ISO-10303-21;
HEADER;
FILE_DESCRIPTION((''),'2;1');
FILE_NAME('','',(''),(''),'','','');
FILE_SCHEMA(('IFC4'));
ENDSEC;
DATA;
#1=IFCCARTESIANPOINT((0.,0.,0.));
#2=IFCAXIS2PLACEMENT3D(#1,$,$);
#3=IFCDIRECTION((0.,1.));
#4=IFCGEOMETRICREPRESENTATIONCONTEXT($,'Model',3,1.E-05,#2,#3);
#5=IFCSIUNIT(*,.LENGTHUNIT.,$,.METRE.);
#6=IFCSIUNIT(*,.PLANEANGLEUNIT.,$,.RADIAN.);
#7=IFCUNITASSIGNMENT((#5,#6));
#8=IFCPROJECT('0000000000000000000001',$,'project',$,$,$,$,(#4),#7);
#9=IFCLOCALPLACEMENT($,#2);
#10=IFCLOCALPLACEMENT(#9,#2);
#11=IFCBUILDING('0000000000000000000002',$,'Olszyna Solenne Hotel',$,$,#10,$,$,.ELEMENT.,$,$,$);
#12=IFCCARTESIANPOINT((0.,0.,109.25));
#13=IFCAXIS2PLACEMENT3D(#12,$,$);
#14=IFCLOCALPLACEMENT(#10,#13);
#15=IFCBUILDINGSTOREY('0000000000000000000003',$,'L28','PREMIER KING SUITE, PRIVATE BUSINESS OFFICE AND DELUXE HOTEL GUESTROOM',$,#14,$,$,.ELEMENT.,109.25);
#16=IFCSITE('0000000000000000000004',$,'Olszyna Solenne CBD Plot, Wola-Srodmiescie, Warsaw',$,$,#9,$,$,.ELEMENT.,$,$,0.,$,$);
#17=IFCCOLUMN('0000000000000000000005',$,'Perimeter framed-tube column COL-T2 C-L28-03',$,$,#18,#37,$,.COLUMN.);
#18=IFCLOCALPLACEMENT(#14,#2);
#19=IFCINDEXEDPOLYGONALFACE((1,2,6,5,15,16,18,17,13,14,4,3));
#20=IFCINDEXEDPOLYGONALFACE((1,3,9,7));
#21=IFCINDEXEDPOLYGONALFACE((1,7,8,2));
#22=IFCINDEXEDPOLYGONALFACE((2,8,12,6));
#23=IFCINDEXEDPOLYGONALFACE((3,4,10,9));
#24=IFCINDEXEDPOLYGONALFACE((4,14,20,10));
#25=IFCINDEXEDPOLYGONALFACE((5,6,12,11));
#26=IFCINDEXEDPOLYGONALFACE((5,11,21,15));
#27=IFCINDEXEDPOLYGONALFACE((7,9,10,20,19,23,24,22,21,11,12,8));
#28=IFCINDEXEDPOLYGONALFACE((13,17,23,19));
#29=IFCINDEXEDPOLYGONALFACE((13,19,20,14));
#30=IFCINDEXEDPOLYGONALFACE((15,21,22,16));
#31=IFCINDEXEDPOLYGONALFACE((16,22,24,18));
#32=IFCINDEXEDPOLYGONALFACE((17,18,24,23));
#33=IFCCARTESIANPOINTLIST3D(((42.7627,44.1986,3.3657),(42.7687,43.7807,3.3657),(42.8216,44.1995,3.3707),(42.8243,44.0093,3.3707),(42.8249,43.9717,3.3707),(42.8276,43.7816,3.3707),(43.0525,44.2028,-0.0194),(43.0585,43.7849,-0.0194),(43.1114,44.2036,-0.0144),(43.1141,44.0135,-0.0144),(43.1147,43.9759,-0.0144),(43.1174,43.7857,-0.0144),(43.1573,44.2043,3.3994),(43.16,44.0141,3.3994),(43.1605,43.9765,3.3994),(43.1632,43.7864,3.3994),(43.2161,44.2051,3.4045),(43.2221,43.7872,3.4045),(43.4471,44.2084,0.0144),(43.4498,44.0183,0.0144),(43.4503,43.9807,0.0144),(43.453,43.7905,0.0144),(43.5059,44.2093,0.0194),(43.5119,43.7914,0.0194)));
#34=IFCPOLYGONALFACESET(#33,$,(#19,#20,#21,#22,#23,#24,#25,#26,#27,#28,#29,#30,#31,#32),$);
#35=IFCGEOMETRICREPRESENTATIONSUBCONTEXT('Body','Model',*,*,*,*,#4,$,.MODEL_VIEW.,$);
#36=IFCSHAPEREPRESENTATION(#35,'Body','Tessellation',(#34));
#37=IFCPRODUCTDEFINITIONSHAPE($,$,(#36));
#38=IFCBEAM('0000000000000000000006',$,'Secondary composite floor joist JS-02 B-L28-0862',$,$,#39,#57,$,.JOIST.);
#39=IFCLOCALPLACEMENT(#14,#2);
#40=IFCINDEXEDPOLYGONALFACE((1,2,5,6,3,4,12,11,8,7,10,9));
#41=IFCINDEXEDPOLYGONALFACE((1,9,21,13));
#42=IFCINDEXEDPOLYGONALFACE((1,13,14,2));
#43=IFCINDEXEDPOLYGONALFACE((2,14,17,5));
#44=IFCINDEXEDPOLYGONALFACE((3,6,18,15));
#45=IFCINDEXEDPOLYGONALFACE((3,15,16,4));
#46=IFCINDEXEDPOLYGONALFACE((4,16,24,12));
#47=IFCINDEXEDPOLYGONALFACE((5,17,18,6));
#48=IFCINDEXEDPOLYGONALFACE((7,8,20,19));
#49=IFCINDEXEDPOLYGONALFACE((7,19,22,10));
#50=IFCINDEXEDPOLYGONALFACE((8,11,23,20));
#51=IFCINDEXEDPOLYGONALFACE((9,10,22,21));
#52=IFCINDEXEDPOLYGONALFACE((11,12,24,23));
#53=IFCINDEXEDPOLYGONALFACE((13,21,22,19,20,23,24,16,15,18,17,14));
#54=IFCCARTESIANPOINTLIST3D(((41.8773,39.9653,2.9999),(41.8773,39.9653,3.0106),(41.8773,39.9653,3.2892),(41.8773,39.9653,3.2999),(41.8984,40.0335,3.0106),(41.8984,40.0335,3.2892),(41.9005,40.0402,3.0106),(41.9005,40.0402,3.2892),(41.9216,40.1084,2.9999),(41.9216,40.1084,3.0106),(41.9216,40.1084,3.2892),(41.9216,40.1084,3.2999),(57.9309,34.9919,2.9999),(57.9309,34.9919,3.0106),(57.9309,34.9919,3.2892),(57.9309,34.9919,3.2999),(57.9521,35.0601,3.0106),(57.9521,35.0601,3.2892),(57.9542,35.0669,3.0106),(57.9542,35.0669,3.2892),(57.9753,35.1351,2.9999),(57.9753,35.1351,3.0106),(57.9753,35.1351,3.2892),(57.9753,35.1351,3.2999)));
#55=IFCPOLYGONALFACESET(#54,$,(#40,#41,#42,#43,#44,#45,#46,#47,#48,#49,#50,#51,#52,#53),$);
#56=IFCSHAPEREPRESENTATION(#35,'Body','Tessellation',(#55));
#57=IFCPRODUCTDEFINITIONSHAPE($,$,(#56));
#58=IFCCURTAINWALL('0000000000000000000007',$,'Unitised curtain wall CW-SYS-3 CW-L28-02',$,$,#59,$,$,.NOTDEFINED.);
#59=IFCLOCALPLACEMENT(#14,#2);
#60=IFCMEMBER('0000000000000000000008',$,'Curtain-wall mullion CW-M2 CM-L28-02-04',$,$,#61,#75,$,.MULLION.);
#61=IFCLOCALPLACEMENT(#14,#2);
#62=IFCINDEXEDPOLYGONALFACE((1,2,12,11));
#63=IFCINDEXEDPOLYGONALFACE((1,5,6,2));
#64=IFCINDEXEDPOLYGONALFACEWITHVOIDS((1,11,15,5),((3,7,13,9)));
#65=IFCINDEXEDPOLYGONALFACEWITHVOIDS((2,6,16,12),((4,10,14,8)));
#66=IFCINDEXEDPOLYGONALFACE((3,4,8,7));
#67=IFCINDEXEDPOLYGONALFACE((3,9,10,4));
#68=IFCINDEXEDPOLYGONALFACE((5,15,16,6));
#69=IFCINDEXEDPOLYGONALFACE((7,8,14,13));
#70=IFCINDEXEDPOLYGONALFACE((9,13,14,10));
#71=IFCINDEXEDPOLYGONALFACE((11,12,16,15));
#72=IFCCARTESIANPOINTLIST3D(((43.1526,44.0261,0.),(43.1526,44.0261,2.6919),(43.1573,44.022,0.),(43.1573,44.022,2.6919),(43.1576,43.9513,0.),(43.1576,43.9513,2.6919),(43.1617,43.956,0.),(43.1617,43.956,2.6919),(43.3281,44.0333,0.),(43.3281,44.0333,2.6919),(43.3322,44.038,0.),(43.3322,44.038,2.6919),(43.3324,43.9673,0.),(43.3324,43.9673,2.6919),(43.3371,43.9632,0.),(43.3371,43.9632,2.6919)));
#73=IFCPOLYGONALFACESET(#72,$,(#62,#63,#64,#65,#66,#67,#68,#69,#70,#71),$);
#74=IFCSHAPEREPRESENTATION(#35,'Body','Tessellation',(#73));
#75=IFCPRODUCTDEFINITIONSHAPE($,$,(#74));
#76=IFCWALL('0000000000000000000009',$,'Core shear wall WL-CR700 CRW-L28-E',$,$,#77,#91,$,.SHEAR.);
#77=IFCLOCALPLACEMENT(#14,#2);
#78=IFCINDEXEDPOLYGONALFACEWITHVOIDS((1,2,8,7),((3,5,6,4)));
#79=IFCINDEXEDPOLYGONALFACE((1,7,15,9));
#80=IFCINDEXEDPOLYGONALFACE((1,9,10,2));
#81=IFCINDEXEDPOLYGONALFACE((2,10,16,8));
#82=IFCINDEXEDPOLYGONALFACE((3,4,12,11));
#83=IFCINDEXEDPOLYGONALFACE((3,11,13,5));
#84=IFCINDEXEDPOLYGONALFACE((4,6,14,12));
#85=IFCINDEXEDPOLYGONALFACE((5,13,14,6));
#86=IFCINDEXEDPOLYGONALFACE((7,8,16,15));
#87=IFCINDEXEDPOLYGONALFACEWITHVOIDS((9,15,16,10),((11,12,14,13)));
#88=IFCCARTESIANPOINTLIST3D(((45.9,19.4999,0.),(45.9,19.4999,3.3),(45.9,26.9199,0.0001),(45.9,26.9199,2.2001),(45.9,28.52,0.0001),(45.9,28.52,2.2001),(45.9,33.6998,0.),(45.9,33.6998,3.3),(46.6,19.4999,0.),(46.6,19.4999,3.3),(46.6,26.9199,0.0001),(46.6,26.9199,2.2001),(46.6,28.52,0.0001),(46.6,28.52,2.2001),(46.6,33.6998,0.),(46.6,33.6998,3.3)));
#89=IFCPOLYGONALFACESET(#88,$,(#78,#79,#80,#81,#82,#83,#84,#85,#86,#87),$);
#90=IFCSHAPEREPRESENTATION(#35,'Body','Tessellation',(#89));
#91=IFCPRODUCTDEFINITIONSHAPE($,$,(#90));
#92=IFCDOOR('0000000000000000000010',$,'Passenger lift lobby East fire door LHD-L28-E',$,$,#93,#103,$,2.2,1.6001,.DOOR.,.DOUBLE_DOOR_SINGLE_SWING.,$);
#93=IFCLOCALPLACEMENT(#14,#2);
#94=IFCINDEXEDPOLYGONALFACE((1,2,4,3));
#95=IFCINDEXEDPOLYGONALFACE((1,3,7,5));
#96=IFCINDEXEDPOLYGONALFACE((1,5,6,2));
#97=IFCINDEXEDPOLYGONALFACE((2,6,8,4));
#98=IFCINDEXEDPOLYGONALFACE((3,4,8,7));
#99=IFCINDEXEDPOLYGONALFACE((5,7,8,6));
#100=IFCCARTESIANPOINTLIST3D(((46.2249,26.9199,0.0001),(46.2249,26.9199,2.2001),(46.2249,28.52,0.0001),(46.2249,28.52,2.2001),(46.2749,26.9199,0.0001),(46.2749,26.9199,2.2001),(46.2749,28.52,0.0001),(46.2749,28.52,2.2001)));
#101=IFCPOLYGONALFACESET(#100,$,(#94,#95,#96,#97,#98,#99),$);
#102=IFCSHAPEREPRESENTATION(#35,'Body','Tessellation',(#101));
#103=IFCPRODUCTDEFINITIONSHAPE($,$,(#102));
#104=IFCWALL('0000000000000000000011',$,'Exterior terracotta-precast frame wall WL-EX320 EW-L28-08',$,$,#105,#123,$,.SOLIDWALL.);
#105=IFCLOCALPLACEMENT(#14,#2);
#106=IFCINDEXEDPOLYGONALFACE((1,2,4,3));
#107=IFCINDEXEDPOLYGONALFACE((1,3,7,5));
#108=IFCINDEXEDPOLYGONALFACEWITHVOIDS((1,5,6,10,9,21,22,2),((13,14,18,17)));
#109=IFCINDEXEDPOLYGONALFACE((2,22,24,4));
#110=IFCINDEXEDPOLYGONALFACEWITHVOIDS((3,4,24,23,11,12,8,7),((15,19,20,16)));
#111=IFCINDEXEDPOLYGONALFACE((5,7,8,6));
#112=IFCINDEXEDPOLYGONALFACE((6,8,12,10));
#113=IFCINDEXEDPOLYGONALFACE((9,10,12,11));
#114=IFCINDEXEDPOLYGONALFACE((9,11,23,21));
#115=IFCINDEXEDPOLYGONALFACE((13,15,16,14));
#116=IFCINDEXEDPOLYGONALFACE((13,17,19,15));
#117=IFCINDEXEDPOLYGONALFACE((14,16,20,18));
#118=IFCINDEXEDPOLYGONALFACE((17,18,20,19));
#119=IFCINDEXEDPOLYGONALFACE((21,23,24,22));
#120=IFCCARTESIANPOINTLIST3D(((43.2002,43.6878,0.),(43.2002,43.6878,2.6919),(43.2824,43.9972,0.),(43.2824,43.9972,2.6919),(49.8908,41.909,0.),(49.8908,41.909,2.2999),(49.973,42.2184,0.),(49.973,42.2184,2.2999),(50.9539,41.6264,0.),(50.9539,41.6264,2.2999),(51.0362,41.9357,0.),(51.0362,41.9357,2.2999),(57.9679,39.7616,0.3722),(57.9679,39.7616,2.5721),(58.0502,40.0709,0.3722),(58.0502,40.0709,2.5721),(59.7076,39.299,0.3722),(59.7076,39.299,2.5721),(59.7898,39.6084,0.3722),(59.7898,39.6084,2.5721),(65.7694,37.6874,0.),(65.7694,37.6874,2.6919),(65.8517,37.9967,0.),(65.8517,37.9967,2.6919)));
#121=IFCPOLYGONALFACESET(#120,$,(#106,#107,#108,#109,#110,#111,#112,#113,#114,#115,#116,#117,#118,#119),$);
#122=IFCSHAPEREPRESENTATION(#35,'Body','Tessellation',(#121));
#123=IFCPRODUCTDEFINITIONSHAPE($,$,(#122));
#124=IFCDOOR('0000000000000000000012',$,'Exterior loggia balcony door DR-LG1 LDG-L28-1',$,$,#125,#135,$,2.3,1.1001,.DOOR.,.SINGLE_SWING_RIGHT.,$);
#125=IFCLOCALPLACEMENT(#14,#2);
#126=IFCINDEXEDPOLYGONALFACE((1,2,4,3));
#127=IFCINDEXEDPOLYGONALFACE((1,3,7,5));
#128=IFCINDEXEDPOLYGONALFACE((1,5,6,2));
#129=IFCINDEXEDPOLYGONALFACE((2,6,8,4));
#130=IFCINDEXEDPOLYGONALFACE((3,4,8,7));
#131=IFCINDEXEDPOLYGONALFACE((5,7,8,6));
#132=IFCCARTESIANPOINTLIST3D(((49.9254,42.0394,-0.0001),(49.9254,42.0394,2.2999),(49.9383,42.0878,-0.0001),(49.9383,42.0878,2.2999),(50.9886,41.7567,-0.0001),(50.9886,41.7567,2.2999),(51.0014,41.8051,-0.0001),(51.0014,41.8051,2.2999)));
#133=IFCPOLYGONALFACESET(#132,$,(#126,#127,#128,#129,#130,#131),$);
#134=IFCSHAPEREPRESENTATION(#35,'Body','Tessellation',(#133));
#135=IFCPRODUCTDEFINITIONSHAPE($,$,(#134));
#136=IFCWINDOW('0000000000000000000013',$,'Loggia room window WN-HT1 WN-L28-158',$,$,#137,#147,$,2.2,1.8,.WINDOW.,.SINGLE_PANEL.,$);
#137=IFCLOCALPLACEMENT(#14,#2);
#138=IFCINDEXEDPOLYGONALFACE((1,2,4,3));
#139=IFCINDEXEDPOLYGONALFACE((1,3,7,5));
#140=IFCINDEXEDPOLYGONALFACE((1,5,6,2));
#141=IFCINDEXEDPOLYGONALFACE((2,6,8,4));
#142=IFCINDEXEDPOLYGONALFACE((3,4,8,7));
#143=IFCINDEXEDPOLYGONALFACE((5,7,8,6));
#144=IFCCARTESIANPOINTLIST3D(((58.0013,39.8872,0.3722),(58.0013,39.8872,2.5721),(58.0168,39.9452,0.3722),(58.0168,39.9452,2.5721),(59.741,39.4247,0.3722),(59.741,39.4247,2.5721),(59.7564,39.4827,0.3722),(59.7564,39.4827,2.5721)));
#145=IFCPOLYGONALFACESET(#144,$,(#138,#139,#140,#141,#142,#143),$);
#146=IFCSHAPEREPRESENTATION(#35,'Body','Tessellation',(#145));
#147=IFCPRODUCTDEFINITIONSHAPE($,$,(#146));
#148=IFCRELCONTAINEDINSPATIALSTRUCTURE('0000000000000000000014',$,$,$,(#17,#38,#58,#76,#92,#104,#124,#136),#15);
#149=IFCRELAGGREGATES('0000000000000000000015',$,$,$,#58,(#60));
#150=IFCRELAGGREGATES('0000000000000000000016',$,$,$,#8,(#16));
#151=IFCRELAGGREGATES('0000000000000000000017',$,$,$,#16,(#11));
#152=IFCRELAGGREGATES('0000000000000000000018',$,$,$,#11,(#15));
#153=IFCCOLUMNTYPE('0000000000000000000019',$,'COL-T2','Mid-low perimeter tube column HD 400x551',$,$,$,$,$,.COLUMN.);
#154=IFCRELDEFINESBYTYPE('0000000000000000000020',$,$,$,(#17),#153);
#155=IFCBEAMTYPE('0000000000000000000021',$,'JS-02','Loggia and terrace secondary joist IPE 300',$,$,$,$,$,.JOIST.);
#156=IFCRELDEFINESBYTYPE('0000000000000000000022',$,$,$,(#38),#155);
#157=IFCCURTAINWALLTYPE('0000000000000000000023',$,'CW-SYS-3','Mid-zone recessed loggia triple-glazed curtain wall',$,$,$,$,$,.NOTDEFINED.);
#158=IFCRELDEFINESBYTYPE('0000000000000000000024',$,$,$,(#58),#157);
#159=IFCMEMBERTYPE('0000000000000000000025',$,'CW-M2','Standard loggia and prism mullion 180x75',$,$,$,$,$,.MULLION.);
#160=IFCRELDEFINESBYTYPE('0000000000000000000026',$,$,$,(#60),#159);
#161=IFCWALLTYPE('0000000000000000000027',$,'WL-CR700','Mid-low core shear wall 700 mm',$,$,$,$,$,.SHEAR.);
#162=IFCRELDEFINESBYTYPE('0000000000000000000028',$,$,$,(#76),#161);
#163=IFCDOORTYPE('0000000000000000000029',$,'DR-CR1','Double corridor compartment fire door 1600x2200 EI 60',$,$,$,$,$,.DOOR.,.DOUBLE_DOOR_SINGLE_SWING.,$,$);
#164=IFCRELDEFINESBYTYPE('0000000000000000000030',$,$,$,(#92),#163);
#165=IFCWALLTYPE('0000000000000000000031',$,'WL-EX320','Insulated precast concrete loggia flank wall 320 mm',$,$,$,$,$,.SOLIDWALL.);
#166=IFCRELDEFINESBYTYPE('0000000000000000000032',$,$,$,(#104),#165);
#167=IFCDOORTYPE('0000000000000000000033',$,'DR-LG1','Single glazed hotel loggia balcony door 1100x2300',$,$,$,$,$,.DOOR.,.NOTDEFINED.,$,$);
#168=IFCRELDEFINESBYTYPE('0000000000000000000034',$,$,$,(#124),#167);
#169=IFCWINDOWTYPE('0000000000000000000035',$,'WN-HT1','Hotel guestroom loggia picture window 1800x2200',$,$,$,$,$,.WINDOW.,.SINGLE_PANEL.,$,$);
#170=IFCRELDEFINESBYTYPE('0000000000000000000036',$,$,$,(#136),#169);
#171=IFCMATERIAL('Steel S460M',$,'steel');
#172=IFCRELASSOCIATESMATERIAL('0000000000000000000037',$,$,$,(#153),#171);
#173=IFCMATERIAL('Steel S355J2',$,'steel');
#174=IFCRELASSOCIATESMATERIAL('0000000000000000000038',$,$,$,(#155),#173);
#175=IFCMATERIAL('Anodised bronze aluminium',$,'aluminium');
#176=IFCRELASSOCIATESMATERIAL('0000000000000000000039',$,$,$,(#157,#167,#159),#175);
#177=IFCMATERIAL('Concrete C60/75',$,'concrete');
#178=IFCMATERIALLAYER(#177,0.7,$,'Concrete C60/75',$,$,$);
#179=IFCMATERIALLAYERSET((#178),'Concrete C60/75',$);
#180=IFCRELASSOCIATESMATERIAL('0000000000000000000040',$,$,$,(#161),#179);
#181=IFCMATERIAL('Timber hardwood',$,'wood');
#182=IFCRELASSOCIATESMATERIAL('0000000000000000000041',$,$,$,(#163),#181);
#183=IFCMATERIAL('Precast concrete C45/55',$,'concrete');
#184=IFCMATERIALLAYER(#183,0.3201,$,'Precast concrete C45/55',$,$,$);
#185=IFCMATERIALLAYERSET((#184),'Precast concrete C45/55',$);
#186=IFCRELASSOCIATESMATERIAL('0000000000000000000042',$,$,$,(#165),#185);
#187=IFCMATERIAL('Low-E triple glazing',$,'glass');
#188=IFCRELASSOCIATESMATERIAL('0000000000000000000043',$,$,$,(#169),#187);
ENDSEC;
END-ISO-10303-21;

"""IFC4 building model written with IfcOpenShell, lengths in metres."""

from ifc_helpers import new_model, si_unit, direction, frame, frame_2d, origin, origin_2d, place, context, subcontext, project, spatial, rectangle, hollow_rectangle, i_section, extrude, source, transform, mapped, material, layer, layer_set, material_profile, profile_set, type_object, type_shapes, element, fill, aggregate, save


model = new_model("IFC4")

# Units and contexts
model_context = context("Model", 3, precision=1e-05, world=origin(), true_north=direction((0.0, 1.0)))
body_context = subcontext(model_context, "Body", "Model", "MODEL_VIEW")
ifc_project = project(units=[si_unit("LENGTHUNIT", "METRE"), si_unit("PLANEANGLEUNIT", "RADIAN")], contexts=[model_context])

# Site, building, storey
site_placement = place(None, origin())
site = spatial("IfcSite", under=ifc_project, at=site_placement, Name="Olszyna Solenne CBD Plot, Wola-Srodmiescie, Warsaw", CompositionType="ELEMENT", RefElevation=0.0)
building_placement = place(site_placement, origin())
building = spatial("IfcBuilding", under=site, at=building_placement, Name="Olszyna Solenne Hotel", CompositionType="ELEMENT")
storey_placement = place(building_placement, frame((0.0, 0.0, 109.25)))
storey = spatial("IfcBuildingStorey", under=building, at=storey_placement, Name="L28", Description="PREMIER KING SUITE, PRIVATE BUSINESS OFFICE AND DELUXE HOTEL GUESTROOM", CompositionType="ELEMENT", Elevation=109.25)

# Column
ifc_material_1 = material(Name="Steel S460M", Category="steel")
ifc_material_profile_1 = material_profile(ifc_material_1, i_section(OverallWidth=0.418, OverallDepth=0.4551, WebThickness=0.0376, FlangeThickness=0.0591, at=origin_2d()), Name="HD 400x551", Category="load-bearing")
ifc_profile_set_1 = profile_set([ifc_material_profile_1], Name="Steel S460M")
column_type = type_object("IfcColumnType", Name="COL-T2", Description="Mid-low perimeter tube column HD 400x551", PredefinedType="COLUMN", material=ifc_profile_set_1)
shared_shape_1 = source(origin(), body_context, "Body", "SweptSolid", [
    extrude(i_section(OverallWidth=0.418, OverallDepth=0.4551, WebThickness=0.0376, FlangeThickness=0.0591, at=origin_2d()), origin(), (0.0, 0.0, 1.0), 3.3975),
])
column_placement = place(storey_placement, frame((43.2822, 43.9971, 0.0), z_axis=(-0.085299, -0.001222, 0.996355), x_axis=(0.01432, -0.999897, 0.0)))
element("IfcColumn", 1, at=column_placement, inside=storey, type_object=column_type, Name="Perimeter framed-tube column COL-T2 C-L28-03", PredefinedType="COLUMN", context=body_context, shape_type="MappedRepresentation", body=[
    mapped(shared_shape_1, transform((0.0, 0.0, 0.0), x_axis=(1.0, 0.0, 0.0), y_axis=(0.0, 1.0, 0.0), z_axis=(0.0, 0.0, 1.0), scale=1.0)),
])

# Beam
ifc_material_2 = material(Name="Steel S355J2", Category="steel")
ifc_material_profile_2 = material_profile(ifc_material_2, i_section(OverallWidth=0.1499, OverallDepth=0.3, WebThickness=0.0071, FlangeThickness=0.0107, at=origin_2d()), Name="IPE 300", Category="load-bearing")
ifc_profile_set_2 = profile_set([ifc_material_profile_2], Name="Steel S355J2")
beam_type = type_object("IfcBeamType", Name="JS-02", Description="Loggia and terrace secondary joist IPE 300", PredefinedType="JOIST", material=ifc_profile_set_2)
shared_shape_2 = source(origin(), body_context, "Body", "SweptSolid", [
    extrude(i_section(OverallWidth=0.1499, OverallDepth=0.3, WebThickness=0.0071, FlangeThickness=0.0107, at=origin_2d()), origin(), (0.0, 0.0, 1.0), 16.8064),
])
beam_placement = place(storey_placement, frame((57.9531, 35.0635, 3.1499), z_axis=(-0.955212, 0.295922, 0.0), x_axis=(-0.295922, -0.955212, 0.0)))
element("IfcBeam", 2, at=beam_placement, inside=storey, type_object=beam_type, Name="Secondary composite floor joist JS-02 B-L28-0862", PredefinedType="JOIST", context=body_context, shape_type="MappedRepresentation", body=[
    mapped(shared_shape_2, transform((0.0, 0.0, 0.0), x_axis=(1.0, 0.0, 0.0), y_axis=(0.0, 1.0, 0.0), z_axis=(0.0, 0.0, 1.0), scale=1.0)),
])

# Curtain wall, member
ifc_material_3 = material(Name="Anodised bronze aluminium", Category="aluminium")
curtain_wall_type = type_object("IfcCurtainWallType", Name="CW-SYS-3", Description="Mid-zone recessed loggia triple-glazed curtain wall", PredefinedType="NOTDEFINED", material=ifc_material_3)
curtain_wall_placement = place(storey_placement, origin())
curtain_wall = element("IfcCurtainWall", 3, at=curtain_wall_placement, inside=storey, type_object=curtain_wall_type, Name="Unitised curtain wall CW-SYS-3 CW-L28-02", PredefinedType="NOTDEFINED")
ifc_material_profile_3 = material_profile(ifc_material_3, hollow_rectangle(XDim=0.075, YDim=0.1799, WallThickness=0.0044, at=origin_2d()), Name="MULL 180x75x4.5", Category="load-bearing")
ifc_profile_set_3 = profile_set([ifc_material_profile_3], Name="Anodised bronze aluminium")
member_type = type_object("IfcMemberType", Name="CW-M2", Description="Standard loggia and prism mullion 180x75", PredefinedType="MULLION", material=ifc_profile_set_3)
shared_shape_3 = source(origin(), body_context, "Body", "SweptSolid", [
    extrude(hollow_rectangle(XDim=0.075, YDim=0.1799, WallThickness=0.0044, at=origin_2d()), origin(), (0.0, 0.0, 1.0), 2.6919),
])
member_placement = place(storey_placement, frame((43.2449, 43.9946, 0.0), z_axis=(0.0, 0.0, 1.0), x_axis=(-0.0662, 0.997806, 0.0)))
member = element("IfcMember", 4, at=member_placement, type_object=member_type, Name="Curtain-wall mullion CW-M2 CM-L28-02-04", PredefinedType="MULLION", context=body_context, shape_type="MappedRepresentation", body=[
    mapped(shared_shape_3, transform((0.0, 0.0, 0.0), x_axis=(1.0, 0.0, 0.0), y_axis=(0.0, 1.0, 0.0), z_axis=(0.0, 0.0, 1.0), scale=1.0)),
])
aggregate(curtain_wall, [member])

# Wall, opening, door
ifc_material_4 = material(Name="Concrete C60/75", Category="concrete")
ifc_layer_1 = layer(ifc_material_4, 0.7, Name="Concrete C60/75")
ifc_layer_set_1 = layer_set([ifc_layer_1], Name="Concrete C60/75")
wall_type_1 = type_object("IfcWallType", Name="WL-CR700", Description="Mid-low core shear wall 700 mm", PredefinedType="SHEAR", material=ifc_layer_set_1)
wall_1_placement = place(storey_placement, frame((46.25, 33.7, 0.0), z_axis=(0.0, 0.0, 1.0), x_axis=(0.0, -1.0, 0.0)))
wall_1 = element("IfcWall", 5, at=wall_1_placement, inside=storey, type_object=wall_type_1, Name="Core shear wall WL-CR700 CRW-L28-E", PredefinedType="SHEAR", context=body_context, shape_type="SweptSolid", body=[
    extrude(rectangle(XDim=14.2, YDim=0.7, at=frame_2d((7.1001, 0.0))), origin(), (0.0, 0.0, 1.0), 3.3),
])
opening_1_placement = place(wall_1_placement, frame((5.1799, 0.0, 0.0)))
opening_1 = element("IfcOpeningElement", 6, at=opening_1_placement, cuts=wall_1, PredefinedType="OPENING", context=body_context, shape_type="SweptSolid", body=[
    extrude(rectangle(XDim=1.6001, YDim=2.2, at=frame_2d((0.8, 1.1001))), frame((0.0, 0.3599, 0.0), z_axis=(0.0, -1.0, 0.0), x_axis=(1.0, 0.0, 0.0)), (0.0, 0.0, 1.0), 0.72),
])
ifc_material_5 = material(Name="Timber hardwood", Category="wood")
door_type_1 = type_object("IfcDoorType", Name="DR-CR1", Description="Double corridor compartment fire door 1600x2200 EI 60", OperationType="DOUBLE_DOOR_SINGLE_SWING", PredefinedType="DOOR", material=ifc_material_5)
shared_shape_4 = source(origin(), body_context, "Body", "SweptSolid", [
    extrude(rectangle(XDim=1.6001, YDim=2.2, at=frame_2d((0.8, 1.1001))), frame((0.0, 0.0249, 0.0), z_axis=(0.0, -1.0, 0.0), x_axis=(1.0, 0.0, 0.0)), (0.0, 0.0, 1.0), 0.05),
])
type_shapes(door_type_1, [shared_shape_4])
door_1_placement = place(opening_1_placement, origin())
door_1 = element("IfcDoor", 7, at=door_1_placement, inside=storey, type_object=door_type_1, Name="Passenger lift lobby East fire door LHD-L28-E", OperationType="DOUBLE_DOOR_SINGLE_SWING", OverallHeight=2.2, OverallWidth=1.6001, PredefinedType="DOOR", context=body_context, shape_type="MappedRepresentation", body=[
    mapped(shared_shape_4, transform((0.0, 0.0, 0.0), x_axis=(1.0, 0.0, 0.0), y_axis=(0.0, 1.0, 0.0), z_axis=(0.0, 0.0, 1.0), scale=1.0)),
])
fill(opening_1, door_1)

# Wall, openings, door, window
ifc_material_6 = material(Name="Precast concrete C45/55", Category="concrete")
ifc_layer_2 = layer(ifc_material_6, 0.3201, Name="Precast concrete C45/55")
ifc_layer_set_2 = layer_set([ifc_layer_2], Name="Precast concrete C45/55")
wall_type_2 = type_object("IfcWallType", Name="WL-EX320", Description="Insulated precast concrete loggia flank wall 320 mm", PredefinedType="SOLIDWALL", material=ifc_layer_set_2)
wall_2_placement = place(storey_placement, frame((43.2412, 43.8425, 0.0), z_axis=(0.0, 0.0, 1.0), x_axis=(0.966427, -0.256943, 0.0)))
wall_2 = element("IfcWall", 8, at=wall_2_placement, inside=storey, type_object=wall_type_2, Name="Exterior terracotta-precast frame wall WL-EX320 EW-L28-08", PredefinedType="SOLIDWALL", context=body_context, shape_type="SweptSolid", body=[
    extrude(rectangle(XDim=23.3533, YDim=0.3201, at=frame_2d((11.6768, 0.0))), origin(), (0.0, 0.0, 1.0), 2.6919),
])
opening_2_placement = place(wall_2_placement, frame((6.9231, 0.0, 0.0)))
opening_2 = element("IfcOpeningElement", 9, at=opening_2_placement, cuts=wall_2, PredefinedType="OPENING", context=body_context, shape_type="SweptSolid", body=[
    extrude(rectangle(XDim=1.1001, YDim=2.3, at=frame_2d((0.55, 1.1499))), frame((0.0, 0.1699, 0.0), z_axis=(0.0, -1.0, 0.0), x_axis=(1.0, 0.0, 0.0)), (0.0, 0.0, 1.0), 0.3401),
])
opening_3_placement = place(wall_2_placement, frame((15.281, 0.0, 0.3721)))
opening_3 = element("IfcOpeningElement", 10, at=opening_3_placement, cuts=wall_2, PredefinedType="OPENING", context=body_context, shape_type="SweptSolid", body=[
    extrude(rectangle(XDim=1.8, YDim=2.2, at=frame_2d((0.8999, 1.1001))), frame((0.0, 0.1699, 0.0), z_axis=(0.0, -1.0, 0.0), x_axis=(1.0, 0.0, 0.0)), (0.0, 0.0, 1.0), 0.3401),
])
door_type_2 = type_object("IfcDoorType", Name="DR-LG1", Description="Single glazed hotel loggia balcony door 1100x2300", OperationType="NOTDEFINED", PredefinedType="DOOR", material=ifc_material_3)
shared_shape_5 = source(origin(), body_context, "Body", "SweptSolid", [
    extrude(rectangle(XDim=1.1001, YDim=2.3, at=frame_2d((0.55, 1.1499))), frame((0.0, 0.0249, 0.0), z_axis=(0.0, -1.0, 0.0), x_axis=(1.0, 0.0, 0.0)), (0.0, 0.0, 1.0), 0.05),
])
type_shapes(door_type_2, [shared_shape_5])
door_2_placement = place(opening_2_placement, origin())
door_2 = element("IfcDoor", 11, at=door_2_placement, inside=storey, type_object=door_type_2, Name="Exterior loggia balcony door DR-LG1 LDG-L28-1", OperationType="SINGLE_SWING_RIGHT", OverallHeight=2.3, OverallWidth=1.1001, PredefinedType="DOOR", context=body_context, shape_type="MappedRepresentation", body=[
    mapped(shared_shape_5, transform((0.0, 0.0, 0.0), x_axis=(1.0, 0.0, 0.0), y_axis=(0.0, 1.0, 0.0), z_axis=(0.0, 0.0, 1.0), scale=1.0)),
])
fill(opening_2, door_2)
ifc_material_7 = material(Name="Low-E triple glazing", Category="glass")
window_type = type_object("IfcWindowType", Name="WN-HT1", Description="Hotel guestroom loggia picture window 1800x2200", PartitioningType="SINGLE_PANEL", PredefinedType="WINDOW", material=ifc_material_7)
shared_shape_6 = source(origin(), body_context, "Body", "SweptSolid", [
    extrude(rectangle(XDim=1.8, YDim=2.2, at=frame_2d((0.8999, 1.1001))), frame((0.0, 0.03, 0.0), z_axis=(0.0, -1.0, 0.0), x_axis=(1.0, 0.0, 0.0)), (0.0, 0.0, 1.0), 0.0601),
])
type_shapes(window_type, [shared_shape_6])
window_placement = place(opening_3_placement, origin())
window = element("IfcWindow", 12, at=window_placement, inside=storey, type_object=window_type, Name="Loggia room window WN-HT1 WN-L28-158", OverallHeight=2.2, OverallWidth=1.8, PartitioningType="SINGLE_PANEL", PredefinedType="WINDOW", context=body_context, shape_type="MappedRepresentation", body=[
    mapped(shared_shape_6, transform((0.0, 0.0, 0.0), x_axis=(1.0, 0.0, 0.0), y_axis=(0.0, 1.0, 0.0), z_axis=(0.0, 0.0, 1.0), scale=1.0)),
])
fill(opening_3, window)

save(model, "model.ifc")
